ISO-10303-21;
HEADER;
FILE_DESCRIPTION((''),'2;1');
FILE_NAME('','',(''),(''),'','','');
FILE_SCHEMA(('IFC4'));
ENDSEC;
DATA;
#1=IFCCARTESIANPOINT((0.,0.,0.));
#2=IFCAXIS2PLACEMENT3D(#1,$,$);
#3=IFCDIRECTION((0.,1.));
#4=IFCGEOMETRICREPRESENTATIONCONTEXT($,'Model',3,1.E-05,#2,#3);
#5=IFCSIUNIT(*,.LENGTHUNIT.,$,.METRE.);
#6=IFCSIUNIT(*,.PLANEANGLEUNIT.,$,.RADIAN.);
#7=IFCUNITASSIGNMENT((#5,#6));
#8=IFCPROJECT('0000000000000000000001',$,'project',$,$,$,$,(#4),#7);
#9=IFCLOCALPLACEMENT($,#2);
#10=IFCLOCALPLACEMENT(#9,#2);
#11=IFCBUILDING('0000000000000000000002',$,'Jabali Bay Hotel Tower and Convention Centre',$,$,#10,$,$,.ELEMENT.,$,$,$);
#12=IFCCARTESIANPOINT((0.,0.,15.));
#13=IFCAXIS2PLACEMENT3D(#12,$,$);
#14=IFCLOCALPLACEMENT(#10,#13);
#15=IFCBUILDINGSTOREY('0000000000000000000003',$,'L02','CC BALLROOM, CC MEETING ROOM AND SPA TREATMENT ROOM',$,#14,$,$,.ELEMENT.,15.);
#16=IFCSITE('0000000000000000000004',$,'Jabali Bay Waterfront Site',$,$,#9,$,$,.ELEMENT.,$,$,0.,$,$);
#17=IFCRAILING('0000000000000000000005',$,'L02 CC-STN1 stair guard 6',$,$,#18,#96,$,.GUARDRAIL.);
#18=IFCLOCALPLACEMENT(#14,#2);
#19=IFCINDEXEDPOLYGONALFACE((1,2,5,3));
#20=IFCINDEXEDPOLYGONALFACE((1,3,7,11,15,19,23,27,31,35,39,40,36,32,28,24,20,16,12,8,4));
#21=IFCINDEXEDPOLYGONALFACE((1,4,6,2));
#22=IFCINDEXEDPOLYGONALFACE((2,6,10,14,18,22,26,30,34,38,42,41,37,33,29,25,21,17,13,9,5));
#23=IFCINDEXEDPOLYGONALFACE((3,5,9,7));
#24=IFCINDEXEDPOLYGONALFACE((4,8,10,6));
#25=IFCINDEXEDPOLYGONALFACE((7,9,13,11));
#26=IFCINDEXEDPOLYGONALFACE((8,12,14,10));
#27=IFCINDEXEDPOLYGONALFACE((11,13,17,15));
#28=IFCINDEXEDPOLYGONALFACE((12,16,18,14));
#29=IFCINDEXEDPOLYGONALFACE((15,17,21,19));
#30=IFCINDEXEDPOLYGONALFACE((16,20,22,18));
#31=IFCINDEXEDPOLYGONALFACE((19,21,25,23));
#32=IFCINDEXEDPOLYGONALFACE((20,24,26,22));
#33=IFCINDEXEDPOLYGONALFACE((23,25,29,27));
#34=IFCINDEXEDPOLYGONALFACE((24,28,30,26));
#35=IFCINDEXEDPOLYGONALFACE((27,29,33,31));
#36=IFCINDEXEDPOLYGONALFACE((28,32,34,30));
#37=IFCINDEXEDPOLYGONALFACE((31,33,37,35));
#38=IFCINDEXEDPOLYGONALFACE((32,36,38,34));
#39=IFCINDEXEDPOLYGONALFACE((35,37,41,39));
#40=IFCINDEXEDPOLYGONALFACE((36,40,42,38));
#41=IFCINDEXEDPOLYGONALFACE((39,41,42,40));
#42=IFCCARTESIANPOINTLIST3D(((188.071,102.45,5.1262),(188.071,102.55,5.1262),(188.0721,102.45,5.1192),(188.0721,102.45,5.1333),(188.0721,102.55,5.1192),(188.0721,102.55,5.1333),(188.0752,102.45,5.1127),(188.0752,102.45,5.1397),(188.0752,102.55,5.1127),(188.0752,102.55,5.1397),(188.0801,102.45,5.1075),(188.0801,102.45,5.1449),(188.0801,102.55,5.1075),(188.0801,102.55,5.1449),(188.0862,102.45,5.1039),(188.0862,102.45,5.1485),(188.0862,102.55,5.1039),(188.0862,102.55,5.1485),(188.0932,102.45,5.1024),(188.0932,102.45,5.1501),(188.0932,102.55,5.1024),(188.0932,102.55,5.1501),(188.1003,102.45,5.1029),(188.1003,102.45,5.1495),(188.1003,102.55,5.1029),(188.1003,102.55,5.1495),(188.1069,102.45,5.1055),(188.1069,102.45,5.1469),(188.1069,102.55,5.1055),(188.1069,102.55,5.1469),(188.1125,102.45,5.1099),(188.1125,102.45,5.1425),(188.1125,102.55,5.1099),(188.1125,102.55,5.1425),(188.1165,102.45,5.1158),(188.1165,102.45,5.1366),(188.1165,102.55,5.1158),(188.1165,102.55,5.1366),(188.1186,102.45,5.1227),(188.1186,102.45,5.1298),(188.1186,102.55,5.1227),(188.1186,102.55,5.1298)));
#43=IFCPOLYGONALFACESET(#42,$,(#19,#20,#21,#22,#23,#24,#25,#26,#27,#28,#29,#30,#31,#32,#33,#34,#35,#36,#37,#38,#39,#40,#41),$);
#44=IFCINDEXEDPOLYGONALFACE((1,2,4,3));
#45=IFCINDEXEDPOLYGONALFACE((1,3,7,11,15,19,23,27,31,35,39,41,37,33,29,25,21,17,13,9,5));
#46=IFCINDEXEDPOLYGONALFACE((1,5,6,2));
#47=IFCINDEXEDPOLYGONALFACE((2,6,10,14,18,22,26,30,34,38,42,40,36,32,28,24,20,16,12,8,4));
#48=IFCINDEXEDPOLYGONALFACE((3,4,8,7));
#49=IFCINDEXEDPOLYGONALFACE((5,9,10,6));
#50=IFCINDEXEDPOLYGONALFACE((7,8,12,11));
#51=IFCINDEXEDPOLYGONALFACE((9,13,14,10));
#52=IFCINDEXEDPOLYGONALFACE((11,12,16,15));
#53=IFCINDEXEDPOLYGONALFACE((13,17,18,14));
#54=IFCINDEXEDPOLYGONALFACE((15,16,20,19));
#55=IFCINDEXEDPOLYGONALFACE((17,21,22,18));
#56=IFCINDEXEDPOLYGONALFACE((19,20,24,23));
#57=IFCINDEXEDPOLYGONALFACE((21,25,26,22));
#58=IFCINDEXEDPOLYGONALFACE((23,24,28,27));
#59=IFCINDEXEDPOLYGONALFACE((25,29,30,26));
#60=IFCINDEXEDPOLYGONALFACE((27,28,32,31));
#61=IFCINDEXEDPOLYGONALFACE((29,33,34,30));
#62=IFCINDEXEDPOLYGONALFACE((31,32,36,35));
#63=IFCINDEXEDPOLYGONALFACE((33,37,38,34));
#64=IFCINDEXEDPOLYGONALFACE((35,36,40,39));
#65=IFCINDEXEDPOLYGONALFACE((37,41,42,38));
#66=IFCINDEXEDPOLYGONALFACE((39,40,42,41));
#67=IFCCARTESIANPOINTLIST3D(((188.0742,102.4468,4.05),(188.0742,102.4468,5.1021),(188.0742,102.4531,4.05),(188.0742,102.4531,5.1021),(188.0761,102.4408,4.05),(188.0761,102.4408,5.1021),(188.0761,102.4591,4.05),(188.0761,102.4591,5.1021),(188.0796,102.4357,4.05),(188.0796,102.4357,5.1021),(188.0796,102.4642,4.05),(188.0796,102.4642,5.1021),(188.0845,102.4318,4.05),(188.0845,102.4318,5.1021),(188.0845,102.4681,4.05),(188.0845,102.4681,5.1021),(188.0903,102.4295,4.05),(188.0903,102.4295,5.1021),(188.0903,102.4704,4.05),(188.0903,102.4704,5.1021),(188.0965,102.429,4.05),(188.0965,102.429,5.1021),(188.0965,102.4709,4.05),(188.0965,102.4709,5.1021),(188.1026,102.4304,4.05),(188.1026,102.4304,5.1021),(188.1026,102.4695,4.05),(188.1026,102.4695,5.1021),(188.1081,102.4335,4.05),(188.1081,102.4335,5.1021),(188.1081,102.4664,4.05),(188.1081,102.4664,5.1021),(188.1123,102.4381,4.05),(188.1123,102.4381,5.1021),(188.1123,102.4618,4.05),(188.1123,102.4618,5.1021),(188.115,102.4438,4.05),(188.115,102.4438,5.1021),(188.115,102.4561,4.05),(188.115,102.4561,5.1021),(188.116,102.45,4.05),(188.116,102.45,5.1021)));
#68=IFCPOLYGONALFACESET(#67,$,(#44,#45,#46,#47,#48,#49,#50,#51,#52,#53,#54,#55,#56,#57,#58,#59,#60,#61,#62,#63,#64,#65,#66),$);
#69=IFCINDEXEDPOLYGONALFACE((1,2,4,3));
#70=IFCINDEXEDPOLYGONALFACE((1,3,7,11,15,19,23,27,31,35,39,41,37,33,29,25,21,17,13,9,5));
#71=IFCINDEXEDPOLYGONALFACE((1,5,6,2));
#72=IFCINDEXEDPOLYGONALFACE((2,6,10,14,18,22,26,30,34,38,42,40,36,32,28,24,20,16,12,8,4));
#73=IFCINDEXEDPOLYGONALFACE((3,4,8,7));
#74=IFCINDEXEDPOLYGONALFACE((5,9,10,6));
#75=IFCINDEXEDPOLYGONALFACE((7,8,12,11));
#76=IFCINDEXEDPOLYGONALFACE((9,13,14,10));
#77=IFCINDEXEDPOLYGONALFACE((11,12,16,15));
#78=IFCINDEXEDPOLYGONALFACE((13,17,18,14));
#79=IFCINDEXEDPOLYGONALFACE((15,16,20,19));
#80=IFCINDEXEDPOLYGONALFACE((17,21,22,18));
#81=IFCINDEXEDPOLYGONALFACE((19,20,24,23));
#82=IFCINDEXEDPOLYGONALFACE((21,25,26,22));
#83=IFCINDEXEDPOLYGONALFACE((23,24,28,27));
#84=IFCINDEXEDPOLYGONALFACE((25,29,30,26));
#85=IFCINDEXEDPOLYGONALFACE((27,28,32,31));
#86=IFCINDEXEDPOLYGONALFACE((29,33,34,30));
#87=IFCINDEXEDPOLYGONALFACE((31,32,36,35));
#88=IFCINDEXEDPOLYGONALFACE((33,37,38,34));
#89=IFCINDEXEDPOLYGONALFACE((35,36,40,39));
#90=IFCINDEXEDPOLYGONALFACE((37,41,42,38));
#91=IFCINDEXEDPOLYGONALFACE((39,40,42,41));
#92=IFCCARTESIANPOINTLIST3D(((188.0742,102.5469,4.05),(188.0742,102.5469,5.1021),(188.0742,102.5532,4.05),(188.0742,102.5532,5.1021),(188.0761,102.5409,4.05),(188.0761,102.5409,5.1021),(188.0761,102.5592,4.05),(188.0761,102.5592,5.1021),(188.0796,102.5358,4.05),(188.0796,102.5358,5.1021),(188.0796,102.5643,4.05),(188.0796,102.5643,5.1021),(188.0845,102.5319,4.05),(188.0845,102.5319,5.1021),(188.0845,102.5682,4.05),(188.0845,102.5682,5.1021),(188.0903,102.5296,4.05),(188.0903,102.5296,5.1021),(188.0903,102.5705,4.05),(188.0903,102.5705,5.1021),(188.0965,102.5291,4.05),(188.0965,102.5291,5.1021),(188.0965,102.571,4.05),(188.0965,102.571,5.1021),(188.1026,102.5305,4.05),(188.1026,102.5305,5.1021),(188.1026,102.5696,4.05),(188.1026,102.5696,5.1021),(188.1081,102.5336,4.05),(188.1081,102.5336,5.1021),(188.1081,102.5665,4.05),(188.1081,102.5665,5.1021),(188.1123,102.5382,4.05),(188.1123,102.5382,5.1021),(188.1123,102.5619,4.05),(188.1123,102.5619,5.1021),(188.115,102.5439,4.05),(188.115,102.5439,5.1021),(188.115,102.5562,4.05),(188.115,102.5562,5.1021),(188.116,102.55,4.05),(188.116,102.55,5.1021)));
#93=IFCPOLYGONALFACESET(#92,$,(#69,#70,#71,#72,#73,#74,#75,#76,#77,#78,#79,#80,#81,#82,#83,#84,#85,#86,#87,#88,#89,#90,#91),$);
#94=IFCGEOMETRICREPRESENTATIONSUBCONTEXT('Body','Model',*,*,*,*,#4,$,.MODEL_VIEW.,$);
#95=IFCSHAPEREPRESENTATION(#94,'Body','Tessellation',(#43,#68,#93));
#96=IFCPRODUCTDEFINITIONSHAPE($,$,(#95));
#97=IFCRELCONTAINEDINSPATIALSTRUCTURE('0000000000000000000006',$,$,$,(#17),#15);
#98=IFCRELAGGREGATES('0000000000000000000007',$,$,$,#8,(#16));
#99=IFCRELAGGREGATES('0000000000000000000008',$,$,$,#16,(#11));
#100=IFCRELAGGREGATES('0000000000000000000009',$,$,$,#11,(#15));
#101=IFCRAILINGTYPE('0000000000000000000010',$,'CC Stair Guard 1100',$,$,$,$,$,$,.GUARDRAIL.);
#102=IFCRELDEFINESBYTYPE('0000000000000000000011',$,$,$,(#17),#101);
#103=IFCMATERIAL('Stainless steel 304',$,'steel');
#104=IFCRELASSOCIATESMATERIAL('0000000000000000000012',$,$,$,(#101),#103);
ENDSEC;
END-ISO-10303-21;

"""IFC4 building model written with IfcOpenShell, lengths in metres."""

from ifc_helpers import new_model, si_unit, direction, frame, origin, origin_2d, place, context, subcontext, project, spatial, circle, extrude, material, type_object, element, save


model = new_model("IFC4")

# Units and contexts
model_context = context("Model", 3, precision=1e-05, world=origin(), true_north=direction((0.0, 1.0)))
body_context = subcontext(model_context, "Body", "Model", "MODEL_VIEW")
ifc_project = project(units=[si_unit("LENGTHUNIT", "METRE"), si_unit("PLANEANGLEUNIT", "RADIAN")], contexts=[model_context])

# Site, building, storey
site_placement = place(None, origin())
site = spatial("IfcSite", under=ifc_project, at=site_placement, Name="Jabali Bay Waterfront Site", CompositionType="ELEMENT", RefElevation=0.0)
building_placement = place(site_placement, origin())
building = spatial("IfcBuilding", under=site, at=building_placement, Name="Jabali Bay Hotel Tower and Convention Centre", CompositionType="ELEMENT")
storey_placement = place(building_placement, frame((0.0, 0.0, 15.0)))
storey = spatial("IfcBuildingStorey", under=building, at=storey_placement, Name="L02", Description="CC BALLROOM, CC MEETING ROOM AND SPA TREATMENT ROOM", CompositionType="ELEMENT", Elevation=15.0)

# Railing
ifc_material_1 = material(Name="Stainless steel 304", Category="steel")
railing_type_1 = type_object("IfcRailingType", Name="CC Stair Guard 1100", PredefinedType="GUARDRAIL", material=ifc_material_1)
for number, where, name in (
    (1, (188.095, 102.45, 4.05), "L02 CC-STN1 stair guard 6"),
):
    element("IfcRailing", number, at=place(storey_placement, frame(where)), inside=storey, type_object=railing_type_1, Name=name, PredefinedType="GUARDRAIL", context=body_context, shape_type="SweptSolid", body=[
        extrude(circle(Radius=0.0239, at=origin_2d()), frame((0.0, 0.0, 1.0762), z_axis=(0.0, 1.0, 0.0), x_axis=(-1.0, 0.0, 0.0)), (0.0, 0.0, 1.0), 0.1001),
        extrude(circle(Radius=0.021, at=origin_2d()), origin(), (0.0, 0.0, 1.0), 1.052),
        extrude(circle(Radius=0.021, at=origin_2d()), frame((0.0, 0.1001, 0.0)), (0.0, 0.0, 1.0), 1.052),
    ])

save(model, "model.ifc")
